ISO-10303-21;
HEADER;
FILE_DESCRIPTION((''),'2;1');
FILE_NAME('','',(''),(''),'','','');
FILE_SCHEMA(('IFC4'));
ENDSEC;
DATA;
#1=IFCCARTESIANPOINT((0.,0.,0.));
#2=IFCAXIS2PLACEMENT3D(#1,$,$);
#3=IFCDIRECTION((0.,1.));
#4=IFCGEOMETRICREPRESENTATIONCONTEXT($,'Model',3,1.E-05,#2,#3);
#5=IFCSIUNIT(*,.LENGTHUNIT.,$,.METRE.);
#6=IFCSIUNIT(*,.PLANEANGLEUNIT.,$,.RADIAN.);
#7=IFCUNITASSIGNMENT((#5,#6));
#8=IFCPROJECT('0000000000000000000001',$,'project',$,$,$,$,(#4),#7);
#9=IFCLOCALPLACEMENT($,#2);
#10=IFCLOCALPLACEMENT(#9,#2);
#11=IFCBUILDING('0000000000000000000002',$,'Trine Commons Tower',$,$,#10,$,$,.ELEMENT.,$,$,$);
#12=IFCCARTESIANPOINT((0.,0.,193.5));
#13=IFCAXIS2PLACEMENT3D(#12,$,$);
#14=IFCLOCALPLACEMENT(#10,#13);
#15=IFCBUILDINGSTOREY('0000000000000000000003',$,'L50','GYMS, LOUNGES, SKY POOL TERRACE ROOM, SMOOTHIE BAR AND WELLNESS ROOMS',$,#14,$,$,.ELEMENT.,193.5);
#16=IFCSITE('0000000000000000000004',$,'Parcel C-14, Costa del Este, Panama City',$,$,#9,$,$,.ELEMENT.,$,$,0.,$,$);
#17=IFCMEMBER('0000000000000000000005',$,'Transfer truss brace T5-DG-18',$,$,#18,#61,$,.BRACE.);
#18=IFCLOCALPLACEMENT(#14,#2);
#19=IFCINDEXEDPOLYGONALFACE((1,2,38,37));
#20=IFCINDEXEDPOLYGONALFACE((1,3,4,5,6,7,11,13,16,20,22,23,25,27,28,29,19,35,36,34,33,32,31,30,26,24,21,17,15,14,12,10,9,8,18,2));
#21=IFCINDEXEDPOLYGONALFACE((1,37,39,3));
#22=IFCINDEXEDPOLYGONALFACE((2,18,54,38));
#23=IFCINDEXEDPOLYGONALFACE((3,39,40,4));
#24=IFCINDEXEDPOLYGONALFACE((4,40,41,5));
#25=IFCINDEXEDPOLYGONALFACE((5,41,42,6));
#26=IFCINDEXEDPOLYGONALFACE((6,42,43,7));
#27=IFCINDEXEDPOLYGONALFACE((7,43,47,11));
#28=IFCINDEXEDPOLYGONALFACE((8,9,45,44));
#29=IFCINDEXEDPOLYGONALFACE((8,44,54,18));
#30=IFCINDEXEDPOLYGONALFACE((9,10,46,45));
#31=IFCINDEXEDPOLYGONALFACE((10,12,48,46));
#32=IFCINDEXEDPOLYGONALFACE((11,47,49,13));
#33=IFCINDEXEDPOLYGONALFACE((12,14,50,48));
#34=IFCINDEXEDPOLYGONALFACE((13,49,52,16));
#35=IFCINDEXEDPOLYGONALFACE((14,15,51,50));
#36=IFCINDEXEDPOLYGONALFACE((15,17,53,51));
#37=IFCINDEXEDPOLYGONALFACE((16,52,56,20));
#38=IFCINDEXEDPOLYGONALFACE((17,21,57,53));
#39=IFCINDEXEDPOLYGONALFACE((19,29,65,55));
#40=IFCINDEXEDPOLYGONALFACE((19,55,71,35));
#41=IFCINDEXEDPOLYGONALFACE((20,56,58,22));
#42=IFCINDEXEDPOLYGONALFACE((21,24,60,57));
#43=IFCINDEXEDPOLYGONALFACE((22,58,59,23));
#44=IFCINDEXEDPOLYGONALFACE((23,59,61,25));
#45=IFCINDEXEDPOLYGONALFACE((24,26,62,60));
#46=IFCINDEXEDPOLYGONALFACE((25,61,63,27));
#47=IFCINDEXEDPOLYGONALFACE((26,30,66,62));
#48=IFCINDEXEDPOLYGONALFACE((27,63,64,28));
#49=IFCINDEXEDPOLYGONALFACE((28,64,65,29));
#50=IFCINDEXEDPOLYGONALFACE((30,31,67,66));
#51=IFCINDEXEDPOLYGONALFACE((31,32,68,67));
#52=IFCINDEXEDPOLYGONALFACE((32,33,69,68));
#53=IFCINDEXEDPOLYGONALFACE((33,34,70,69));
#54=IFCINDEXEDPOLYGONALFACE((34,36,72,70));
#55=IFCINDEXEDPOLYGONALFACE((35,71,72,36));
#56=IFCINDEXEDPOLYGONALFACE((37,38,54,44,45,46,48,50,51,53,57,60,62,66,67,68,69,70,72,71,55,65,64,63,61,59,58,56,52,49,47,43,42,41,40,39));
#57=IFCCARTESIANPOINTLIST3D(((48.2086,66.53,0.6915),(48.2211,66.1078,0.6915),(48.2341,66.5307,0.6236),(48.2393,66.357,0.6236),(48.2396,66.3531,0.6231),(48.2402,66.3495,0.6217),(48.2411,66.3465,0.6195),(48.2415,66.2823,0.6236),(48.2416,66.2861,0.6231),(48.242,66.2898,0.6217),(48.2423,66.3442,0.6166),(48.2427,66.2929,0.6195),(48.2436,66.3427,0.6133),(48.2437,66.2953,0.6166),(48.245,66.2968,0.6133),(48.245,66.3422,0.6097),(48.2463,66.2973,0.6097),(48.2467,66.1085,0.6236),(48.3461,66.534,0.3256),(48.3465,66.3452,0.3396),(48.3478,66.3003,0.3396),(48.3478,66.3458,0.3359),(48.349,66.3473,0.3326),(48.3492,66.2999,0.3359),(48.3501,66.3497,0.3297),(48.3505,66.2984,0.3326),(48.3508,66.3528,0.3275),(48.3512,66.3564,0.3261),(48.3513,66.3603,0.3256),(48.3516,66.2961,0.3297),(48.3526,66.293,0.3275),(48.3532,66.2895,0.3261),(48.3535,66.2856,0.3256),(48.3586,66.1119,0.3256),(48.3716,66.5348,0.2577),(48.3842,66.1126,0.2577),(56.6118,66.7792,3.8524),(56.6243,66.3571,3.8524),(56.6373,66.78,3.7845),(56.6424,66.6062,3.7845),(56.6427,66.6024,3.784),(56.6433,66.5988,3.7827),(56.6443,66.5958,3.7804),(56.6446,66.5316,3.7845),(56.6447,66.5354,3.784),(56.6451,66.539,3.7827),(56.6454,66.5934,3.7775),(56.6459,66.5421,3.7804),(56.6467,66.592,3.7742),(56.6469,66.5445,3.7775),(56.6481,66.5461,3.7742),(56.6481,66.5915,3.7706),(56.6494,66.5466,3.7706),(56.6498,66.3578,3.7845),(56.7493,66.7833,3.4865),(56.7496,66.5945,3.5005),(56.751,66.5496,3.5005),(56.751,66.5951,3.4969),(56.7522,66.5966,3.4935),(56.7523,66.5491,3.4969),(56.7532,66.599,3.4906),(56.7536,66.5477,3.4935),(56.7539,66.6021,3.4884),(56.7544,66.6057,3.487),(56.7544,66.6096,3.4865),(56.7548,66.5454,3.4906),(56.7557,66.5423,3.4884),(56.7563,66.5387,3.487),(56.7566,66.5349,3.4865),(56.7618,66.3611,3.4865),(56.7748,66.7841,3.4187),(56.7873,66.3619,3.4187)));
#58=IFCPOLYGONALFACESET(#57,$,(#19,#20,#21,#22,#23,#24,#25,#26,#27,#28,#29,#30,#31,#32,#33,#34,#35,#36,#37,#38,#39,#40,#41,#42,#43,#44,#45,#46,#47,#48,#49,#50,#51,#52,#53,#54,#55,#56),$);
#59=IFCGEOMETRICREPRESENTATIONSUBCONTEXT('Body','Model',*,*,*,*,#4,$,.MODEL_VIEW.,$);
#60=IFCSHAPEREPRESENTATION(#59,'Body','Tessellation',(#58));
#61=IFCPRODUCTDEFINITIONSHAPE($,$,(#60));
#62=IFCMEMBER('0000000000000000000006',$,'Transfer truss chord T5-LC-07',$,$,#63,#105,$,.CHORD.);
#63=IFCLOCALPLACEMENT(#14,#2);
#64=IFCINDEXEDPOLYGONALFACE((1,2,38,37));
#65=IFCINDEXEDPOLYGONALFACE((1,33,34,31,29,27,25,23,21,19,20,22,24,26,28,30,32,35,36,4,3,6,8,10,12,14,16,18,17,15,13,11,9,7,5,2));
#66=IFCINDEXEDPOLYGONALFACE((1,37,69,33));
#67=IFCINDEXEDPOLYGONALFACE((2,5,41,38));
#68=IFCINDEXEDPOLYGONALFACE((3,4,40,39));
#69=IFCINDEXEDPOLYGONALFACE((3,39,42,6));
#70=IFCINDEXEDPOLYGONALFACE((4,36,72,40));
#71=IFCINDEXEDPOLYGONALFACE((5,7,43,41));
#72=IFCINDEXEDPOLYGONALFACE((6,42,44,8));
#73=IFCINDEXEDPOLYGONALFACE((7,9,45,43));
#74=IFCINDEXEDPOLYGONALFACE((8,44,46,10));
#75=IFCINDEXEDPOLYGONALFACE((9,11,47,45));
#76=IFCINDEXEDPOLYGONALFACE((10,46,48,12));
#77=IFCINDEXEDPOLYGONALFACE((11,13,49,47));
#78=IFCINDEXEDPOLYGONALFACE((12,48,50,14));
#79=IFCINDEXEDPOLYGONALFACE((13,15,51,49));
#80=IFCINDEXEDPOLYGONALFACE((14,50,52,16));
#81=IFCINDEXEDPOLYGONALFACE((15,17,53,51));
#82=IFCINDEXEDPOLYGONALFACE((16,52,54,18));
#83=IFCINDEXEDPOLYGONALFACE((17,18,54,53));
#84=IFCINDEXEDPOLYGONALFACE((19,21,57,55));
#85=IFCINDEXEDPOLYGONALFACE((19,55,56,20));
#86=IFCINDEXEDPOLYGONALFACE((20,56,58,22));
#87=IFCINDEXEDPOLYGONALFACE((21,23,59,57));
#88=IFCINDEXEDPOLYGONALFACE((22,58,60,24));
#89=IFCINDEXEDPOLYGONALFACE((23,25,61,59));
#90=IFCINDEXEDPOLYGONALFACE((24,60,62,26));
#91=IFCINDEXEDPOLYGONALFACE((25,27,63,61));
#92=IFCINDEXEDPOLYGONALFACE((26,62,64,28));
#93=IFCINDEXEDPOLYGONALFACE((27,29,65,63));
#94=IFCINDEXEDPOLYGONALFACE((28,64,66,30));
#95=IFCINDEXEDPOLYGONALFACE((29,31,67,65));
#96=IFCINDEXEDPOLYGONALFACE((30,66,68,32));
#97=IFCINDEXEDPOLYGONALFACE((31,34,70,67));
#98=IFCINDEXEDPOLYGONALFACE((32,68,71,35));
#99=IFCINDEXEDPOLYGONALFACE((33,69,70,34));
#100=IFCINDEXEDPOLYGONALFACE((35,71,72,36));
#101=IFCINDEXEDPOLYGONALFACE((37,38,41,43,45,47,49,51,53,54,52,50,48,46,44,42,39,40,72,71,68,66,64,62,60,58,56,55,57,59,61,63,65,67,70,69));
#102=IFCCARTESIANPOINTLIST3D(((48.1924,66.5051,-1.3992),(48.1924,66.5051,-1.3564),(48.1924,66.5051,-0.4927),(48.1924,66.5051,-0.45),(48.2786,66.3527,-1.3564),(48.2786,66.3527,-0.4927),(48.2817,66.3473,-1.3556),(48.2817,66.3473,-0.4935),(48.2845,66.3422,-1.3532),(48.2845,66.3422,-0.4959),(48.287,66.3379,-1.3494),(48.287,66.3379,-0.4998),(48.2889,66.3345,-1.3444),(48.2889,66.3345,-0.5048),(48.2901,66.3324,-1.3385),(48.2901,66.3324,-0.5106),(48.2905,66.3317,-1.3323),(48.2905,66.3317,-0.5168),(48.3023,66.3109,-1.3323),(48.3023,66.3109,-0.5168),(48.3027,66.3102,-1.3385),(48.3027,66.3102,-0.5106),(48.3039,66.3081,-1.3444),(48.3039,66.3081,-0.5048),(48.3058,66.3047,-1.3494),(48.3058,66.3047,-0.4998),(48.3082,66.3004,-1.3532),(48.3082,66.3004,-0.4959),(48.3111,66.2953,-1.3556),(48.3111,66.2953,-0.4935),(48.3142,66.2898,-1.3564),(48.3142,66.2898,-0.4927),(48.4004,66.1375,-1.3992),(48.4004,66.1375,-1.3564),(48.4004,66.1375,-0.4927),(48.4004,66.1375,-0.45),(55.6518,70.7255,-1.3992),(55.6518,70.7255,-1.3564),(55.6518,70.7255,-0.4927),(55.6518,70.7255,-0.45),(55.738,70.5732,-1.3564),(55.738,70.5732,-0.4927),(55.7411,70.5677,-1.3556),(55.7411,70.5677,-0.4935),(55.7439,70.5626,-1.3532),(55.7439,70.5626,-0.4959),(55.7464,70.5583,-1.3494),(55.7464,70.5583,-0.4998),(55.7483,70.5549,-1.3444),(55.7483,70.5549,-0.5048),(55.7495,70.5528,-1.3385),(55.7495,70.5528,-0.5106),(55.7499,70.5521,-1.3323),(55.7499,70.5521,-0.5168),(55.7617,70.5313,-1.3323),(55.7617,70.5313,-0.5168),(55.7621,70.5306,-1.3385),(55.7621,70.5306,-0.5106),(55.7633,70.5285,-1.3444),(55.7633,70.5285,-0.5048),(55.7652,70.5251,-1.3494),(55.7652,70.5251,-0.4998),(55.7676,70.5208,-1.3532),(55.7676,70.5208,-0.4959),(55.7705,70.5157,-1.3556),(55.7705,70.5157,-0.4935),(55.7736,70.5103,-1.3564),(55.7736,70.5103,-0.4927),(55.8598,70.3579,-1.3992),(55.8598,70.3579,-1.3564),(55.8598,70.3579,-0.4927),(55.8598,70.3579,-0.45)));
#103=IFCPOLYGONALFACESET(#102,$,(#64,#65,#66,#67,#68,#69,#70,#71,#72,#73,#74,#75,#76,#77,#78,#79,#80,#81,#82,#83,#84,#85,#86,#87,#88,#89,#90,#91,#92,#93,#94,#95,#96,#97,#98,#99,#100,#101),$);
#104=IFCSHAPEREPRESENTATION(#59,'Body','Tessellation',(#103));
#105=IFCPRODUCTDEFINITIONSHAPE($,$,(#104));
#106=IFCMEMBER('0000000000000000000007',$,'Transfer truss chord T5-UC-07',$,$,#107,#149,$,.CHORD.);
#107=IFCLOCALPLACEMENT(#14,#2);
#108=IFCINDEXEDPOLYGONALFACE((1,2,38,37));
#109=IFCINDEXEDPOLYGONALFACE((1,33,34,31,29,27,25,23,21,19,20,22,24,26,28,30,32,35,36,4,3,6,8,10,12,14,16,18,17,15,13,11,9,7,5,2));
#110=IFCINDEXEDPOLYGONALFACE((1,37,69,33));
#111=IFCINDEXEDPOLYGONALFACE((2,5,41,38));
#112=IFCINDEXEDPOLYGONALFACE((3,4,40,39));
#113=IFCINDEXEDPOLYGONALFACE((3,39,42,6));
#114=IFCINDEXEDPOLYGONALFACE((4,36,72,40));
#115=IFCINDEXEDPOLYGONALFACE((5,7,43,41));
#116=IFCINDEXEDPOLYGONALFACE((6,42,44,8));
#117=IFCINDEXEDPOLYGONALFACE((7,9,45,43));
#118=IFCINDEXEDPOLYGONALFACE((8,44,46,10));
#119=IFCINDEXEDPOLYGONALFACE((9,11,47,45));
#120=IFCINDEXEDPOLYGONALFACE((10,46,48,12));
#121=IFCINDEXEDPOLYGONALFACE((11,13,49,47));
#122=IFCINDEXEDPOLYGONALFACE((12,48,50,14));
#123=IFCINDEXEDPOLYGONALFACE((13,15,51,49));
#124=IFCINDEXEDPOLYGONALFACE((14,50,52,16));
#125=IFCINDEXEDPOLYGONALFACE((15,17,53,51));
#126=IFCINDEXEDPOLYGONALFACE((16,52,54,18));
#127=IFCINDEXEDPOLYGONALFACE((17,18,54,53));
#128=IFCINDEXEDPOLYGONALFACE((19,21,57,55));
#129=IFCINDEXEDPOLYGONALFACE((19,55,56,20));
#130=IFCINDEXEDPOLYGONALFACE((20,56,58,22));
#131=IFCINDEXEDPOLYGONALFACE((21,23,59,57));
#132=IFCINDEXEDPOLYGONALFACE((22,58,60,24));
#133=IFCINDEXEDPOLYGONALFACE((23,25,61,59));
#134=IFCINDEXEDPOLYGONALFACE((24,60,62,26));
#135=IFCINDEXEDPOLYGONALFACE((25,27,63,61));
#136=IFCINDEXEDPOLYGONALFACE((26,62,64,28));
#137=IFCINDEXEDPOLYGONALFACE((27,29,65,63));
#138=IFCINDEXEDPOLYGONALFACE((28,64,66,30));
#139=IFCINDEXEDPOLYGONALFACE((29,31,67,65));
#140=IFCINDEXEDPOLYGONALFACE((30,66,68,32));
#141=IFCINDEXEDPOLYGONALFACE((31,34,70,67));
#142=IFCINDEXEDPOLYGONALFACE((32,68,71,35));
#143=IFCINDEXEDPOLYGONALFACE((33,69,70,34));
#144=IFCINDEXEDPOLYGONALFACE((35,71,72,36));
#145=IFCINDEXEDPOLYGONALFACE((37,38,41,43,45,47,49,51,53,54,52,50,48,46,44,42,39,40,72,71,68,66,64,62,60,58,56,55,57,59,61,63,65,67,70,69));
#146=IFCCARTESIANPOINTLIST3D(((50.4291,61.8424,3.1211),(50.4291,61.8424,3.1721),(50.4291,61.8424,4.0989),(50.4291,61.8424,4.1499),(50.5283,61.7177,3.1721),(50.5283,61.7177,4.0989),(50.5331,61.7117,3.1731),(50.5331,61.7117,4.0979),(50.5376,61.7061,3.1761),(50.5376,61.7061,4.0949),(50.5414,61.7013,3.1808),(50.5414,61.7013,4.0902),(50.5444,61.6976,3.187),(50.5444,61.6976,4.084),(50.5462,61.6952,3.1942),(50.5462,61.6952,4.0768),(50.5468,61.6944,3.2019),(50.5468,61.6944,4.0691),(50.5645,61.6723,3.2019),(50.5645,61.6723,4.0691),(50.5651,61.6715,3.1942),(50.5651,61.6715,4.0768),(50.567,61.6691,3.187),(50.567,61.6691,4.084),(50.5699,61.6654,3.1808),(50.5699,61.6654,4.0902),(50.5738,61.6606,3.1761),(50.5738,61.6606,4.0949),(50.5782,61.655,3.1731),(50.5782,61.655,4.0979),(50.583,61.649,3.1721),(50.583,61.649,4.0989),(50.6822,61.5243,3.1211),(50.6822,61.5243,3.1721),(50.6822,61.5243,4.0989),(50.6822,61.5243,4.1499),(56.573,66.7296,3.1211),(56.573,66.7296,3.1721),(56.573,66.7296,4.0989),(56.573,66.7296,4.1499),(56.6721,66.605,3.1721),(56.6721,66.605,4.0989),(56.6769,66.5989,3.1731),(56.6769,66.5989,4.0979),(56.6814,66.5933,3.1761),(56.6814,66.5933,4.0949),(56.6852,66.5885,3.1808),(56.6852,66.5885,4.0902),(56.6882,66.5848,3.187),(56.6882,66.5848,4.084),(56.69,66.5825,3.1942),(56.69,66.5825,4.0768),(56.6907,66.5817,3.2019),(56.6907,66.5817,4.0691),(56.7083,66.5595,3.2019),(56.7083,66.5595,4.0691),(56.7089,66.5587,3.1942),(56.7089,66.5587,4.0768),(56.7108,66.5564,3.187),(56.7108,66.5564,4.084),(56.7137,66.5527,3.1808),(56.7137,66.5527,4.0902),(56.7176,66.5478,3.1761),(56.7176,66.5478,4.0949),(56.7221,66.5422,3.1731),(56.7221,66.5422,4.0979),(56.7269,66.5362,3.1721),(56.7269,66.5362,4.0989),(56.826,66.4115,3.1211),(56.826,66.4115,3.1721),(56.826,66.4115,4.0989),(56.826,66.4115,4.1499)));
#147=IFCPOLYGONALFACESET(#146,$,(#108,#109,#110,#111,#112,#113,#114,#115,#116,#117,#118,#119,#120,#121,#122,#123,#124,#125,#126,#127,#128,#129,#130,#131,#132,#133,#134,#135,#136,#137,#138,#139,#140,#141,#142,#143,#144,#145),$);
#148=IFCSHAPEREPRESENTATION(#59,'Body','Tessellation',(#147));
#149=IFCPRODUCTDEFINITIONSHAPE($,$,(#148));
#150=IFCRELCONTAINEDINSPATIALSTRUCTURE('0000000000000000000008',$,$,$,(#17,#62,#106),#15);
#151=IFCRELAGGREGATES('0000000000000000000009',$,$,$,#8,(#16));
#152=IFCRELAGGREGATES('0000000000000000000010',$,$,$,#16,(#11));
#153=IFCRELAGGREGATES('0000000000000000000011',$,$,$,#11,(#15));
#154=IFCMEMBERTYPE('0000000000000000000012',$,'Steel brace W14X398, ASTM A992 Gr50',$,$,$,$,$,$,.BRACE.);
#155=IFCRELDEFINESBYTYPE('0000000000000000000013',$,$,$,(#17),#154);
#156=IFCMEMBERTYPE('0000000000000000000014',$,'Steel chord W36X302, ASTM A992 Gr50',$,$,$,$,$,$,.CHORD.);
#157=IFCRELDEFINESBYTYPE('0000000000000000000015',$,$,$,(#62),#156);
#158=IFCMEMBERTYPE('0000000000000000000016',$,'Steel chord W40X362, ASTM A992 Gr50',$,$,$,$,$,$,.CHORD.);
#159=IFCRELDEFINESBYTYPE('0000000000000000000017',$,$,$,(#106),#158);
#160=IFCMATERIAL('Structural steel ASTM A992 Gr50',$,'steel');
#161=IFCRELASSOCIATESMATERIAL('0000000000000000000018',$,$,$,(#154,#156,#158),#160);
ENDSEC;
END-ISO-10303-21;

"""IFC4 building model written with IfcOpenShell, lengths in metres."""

from ifc_helpers import new_model, si_unit, direction, frame, origin, origin_2d, place, context, subcontext, project, spatial, i_section, extrude, material, material_profile, profile_set, type_object, element, save


model = new_model("IFC4")

# Units and contexts
model_context = context("Model", 3, precision=1e-05, world=origin(), true_north=direction((0.0, 1.0)))
body_context = subcontext(model_context, "Body", "Model", "MODEL_VIEW")
ifc_project = project(units=[si_unit("LENGTHUNIT", "METRE"), si_unit("PLANEANGLEUNIT", "RADIAN")], contexts=[model_context])

# Site, building, storey
site_placement = place(None, origin())
site = spatial("IfcSite", under=ifc_project, at=site_placement, Name="Parcel C-14, Costa del Este, Panama City", CompositionType="ELEMENT", RefElevation=0.0)
building_placement = place(site_placement, origin())
building = spatial("IfcBuilding", under=site, at=building_placement, Name="Trine Commons Tower", CompositionType="ELEMENT")
storey_placement = place(building_placement, frame((0.0, 0.0, 193.5)))
storey = spatial("IfcBuildingStorey", under=building, at=storey_placement, Name="L50", Description="GYMS, LOUNGES, SKY POOL TERRACE ROOM, SMOOTHIE BAR AND WELLNESS ROOMS", CompositionType="ELEMENT", Elevation=193.5)

# Shared definitions
ifc_material_1 = material(Name="Structural steel ASTM A992 Gr50", Category="steel")

# Members
ifc_material_profile_1 = material_profile(ifc_material_1, i_section(OverallWidth=0.4224, OverallDepth=0.4634, WebThickness=0.0449, FlangeThickness=0.0725, FilletRadius=0.0149, at=origin_2d()), Name="W14X398")
ifc_profile_set_1 = profile_set([ifc_material_profile_1], Name="Structural steel ASTM A992 Gr50")
member_type_1 = type_object("IfcMemberType", Name="Steel brace W14X398, ASTM A992 Gr50", PredefinedType="BRACE", material=ifc_profile_set_1)
member_1_placement = place(storey_placement, frame((48.2964, 66.3213, 0.4746), z_axis=(0.935612, 0.027754, 0.351938), x_axis=(-0.029651, 0.99956, 0.0)))
element("IfcMember", 1, at=member_1_placement, inside=storey, type_object=member_type_1, Name="Transfer truss brace T5-DG-18", PredefinedType="BRACE", context=body_context, shape_type="SweptSolid", body=[
    extrude(i_section(OverallWidth=0.4224, OverallDepth=0.4634, WebThickness=0.0449, FlangeThickness=0.0725, FilletRadius=0.0149, at=origin_2d()), origin(), (0.0, 0.0, 1.0), 8.9814),
])
ifc_material_profile_2 = material_profile(ifc_material_1, i_section(OverallWidth=0.4224, OverallDepth=0.9492, WebThickness=0.0239, FlangeThickness=0.0427, FilletRadius=0.0242, at=origin_2d()), Name="W36X302")
ifc_profile_set_2 = profile_set([ifc_material_profile_2], Name="Structural steel ASTM A992 Gr50")
member_type_2 = type_object("IfcMemberType", Name="Steel chord W36X302, ASTM A992 Gr50", PredefinedType="CHORD", material=ifc_profile_set_2)
member_2_placement = place(storey_placement, frame((48.2964, 66.3213, -0.9246), z_axis=(0.870351, 0.492432, 0.0), x_axis=(-0.492432, 0.870351, 0.0)))
element("IfcMember", 2, at=member_2_placement, inside=storey, type_object=member_type_2, Name="Transfer truss chord T5-LC-07", PredefinedType="CHORD", context=body_context, shape_type="SweptSolid", body=[
    extrude(i_section(OverallWidth=0.4224, OverallDepth=0.9492, WebThickness=0.0239, FlangeThickness=0.0427, FilletRadius=0.0242, at=origin_2d()), origin(), (0.0, 0.0, 1.0), 8.5706),
])
ifc_material_profile_3 = material_profile(ifc_material_1, i_section(OverallWidth=0.4065, OverallDepth=1.0288, WebThickness=0.0283, FlangeThickness=0.051, FilletRadius=0.0298, at=origin_2d()), Name="W40X362")
ifc_profile_set_3 = profile_set([ifc_material_profile_3], Name="Structural steel ASTM A992 Gr50")
member_type_3 = type_object("IfcMemberType", Name="Steel chord W40X362, ASTM A992 Gr50", PredefinedType="CHORD", material=ifc_profile_set_3)
member_3_placement = place(storey_placement, frame((50.5557, 61.6833, 3.6355), z_axis=(0.782595, 0.622531, 0.0), x_axis=(-0.622531, 0.782595, 0.0)))
element("IfcMember", 3, at=member_3_placement, inside=storey, type_object=member_type_3, Name="Transfer truss chord T5-UC-07", PredefinedType="CHORD", context=body_context, shape_type="SweptSolid", body=[
    extrude(i_section(OverallWidth=0.4065, OverallDepth=1.0288, WebThickness=0.0283, FlangeThickness=0.051, FilletRadius=0.0298, at=origin_2d()), origin(), (0.0, 0.0, 1.0), 7.8506),
])

save(model, "model.ifc")
